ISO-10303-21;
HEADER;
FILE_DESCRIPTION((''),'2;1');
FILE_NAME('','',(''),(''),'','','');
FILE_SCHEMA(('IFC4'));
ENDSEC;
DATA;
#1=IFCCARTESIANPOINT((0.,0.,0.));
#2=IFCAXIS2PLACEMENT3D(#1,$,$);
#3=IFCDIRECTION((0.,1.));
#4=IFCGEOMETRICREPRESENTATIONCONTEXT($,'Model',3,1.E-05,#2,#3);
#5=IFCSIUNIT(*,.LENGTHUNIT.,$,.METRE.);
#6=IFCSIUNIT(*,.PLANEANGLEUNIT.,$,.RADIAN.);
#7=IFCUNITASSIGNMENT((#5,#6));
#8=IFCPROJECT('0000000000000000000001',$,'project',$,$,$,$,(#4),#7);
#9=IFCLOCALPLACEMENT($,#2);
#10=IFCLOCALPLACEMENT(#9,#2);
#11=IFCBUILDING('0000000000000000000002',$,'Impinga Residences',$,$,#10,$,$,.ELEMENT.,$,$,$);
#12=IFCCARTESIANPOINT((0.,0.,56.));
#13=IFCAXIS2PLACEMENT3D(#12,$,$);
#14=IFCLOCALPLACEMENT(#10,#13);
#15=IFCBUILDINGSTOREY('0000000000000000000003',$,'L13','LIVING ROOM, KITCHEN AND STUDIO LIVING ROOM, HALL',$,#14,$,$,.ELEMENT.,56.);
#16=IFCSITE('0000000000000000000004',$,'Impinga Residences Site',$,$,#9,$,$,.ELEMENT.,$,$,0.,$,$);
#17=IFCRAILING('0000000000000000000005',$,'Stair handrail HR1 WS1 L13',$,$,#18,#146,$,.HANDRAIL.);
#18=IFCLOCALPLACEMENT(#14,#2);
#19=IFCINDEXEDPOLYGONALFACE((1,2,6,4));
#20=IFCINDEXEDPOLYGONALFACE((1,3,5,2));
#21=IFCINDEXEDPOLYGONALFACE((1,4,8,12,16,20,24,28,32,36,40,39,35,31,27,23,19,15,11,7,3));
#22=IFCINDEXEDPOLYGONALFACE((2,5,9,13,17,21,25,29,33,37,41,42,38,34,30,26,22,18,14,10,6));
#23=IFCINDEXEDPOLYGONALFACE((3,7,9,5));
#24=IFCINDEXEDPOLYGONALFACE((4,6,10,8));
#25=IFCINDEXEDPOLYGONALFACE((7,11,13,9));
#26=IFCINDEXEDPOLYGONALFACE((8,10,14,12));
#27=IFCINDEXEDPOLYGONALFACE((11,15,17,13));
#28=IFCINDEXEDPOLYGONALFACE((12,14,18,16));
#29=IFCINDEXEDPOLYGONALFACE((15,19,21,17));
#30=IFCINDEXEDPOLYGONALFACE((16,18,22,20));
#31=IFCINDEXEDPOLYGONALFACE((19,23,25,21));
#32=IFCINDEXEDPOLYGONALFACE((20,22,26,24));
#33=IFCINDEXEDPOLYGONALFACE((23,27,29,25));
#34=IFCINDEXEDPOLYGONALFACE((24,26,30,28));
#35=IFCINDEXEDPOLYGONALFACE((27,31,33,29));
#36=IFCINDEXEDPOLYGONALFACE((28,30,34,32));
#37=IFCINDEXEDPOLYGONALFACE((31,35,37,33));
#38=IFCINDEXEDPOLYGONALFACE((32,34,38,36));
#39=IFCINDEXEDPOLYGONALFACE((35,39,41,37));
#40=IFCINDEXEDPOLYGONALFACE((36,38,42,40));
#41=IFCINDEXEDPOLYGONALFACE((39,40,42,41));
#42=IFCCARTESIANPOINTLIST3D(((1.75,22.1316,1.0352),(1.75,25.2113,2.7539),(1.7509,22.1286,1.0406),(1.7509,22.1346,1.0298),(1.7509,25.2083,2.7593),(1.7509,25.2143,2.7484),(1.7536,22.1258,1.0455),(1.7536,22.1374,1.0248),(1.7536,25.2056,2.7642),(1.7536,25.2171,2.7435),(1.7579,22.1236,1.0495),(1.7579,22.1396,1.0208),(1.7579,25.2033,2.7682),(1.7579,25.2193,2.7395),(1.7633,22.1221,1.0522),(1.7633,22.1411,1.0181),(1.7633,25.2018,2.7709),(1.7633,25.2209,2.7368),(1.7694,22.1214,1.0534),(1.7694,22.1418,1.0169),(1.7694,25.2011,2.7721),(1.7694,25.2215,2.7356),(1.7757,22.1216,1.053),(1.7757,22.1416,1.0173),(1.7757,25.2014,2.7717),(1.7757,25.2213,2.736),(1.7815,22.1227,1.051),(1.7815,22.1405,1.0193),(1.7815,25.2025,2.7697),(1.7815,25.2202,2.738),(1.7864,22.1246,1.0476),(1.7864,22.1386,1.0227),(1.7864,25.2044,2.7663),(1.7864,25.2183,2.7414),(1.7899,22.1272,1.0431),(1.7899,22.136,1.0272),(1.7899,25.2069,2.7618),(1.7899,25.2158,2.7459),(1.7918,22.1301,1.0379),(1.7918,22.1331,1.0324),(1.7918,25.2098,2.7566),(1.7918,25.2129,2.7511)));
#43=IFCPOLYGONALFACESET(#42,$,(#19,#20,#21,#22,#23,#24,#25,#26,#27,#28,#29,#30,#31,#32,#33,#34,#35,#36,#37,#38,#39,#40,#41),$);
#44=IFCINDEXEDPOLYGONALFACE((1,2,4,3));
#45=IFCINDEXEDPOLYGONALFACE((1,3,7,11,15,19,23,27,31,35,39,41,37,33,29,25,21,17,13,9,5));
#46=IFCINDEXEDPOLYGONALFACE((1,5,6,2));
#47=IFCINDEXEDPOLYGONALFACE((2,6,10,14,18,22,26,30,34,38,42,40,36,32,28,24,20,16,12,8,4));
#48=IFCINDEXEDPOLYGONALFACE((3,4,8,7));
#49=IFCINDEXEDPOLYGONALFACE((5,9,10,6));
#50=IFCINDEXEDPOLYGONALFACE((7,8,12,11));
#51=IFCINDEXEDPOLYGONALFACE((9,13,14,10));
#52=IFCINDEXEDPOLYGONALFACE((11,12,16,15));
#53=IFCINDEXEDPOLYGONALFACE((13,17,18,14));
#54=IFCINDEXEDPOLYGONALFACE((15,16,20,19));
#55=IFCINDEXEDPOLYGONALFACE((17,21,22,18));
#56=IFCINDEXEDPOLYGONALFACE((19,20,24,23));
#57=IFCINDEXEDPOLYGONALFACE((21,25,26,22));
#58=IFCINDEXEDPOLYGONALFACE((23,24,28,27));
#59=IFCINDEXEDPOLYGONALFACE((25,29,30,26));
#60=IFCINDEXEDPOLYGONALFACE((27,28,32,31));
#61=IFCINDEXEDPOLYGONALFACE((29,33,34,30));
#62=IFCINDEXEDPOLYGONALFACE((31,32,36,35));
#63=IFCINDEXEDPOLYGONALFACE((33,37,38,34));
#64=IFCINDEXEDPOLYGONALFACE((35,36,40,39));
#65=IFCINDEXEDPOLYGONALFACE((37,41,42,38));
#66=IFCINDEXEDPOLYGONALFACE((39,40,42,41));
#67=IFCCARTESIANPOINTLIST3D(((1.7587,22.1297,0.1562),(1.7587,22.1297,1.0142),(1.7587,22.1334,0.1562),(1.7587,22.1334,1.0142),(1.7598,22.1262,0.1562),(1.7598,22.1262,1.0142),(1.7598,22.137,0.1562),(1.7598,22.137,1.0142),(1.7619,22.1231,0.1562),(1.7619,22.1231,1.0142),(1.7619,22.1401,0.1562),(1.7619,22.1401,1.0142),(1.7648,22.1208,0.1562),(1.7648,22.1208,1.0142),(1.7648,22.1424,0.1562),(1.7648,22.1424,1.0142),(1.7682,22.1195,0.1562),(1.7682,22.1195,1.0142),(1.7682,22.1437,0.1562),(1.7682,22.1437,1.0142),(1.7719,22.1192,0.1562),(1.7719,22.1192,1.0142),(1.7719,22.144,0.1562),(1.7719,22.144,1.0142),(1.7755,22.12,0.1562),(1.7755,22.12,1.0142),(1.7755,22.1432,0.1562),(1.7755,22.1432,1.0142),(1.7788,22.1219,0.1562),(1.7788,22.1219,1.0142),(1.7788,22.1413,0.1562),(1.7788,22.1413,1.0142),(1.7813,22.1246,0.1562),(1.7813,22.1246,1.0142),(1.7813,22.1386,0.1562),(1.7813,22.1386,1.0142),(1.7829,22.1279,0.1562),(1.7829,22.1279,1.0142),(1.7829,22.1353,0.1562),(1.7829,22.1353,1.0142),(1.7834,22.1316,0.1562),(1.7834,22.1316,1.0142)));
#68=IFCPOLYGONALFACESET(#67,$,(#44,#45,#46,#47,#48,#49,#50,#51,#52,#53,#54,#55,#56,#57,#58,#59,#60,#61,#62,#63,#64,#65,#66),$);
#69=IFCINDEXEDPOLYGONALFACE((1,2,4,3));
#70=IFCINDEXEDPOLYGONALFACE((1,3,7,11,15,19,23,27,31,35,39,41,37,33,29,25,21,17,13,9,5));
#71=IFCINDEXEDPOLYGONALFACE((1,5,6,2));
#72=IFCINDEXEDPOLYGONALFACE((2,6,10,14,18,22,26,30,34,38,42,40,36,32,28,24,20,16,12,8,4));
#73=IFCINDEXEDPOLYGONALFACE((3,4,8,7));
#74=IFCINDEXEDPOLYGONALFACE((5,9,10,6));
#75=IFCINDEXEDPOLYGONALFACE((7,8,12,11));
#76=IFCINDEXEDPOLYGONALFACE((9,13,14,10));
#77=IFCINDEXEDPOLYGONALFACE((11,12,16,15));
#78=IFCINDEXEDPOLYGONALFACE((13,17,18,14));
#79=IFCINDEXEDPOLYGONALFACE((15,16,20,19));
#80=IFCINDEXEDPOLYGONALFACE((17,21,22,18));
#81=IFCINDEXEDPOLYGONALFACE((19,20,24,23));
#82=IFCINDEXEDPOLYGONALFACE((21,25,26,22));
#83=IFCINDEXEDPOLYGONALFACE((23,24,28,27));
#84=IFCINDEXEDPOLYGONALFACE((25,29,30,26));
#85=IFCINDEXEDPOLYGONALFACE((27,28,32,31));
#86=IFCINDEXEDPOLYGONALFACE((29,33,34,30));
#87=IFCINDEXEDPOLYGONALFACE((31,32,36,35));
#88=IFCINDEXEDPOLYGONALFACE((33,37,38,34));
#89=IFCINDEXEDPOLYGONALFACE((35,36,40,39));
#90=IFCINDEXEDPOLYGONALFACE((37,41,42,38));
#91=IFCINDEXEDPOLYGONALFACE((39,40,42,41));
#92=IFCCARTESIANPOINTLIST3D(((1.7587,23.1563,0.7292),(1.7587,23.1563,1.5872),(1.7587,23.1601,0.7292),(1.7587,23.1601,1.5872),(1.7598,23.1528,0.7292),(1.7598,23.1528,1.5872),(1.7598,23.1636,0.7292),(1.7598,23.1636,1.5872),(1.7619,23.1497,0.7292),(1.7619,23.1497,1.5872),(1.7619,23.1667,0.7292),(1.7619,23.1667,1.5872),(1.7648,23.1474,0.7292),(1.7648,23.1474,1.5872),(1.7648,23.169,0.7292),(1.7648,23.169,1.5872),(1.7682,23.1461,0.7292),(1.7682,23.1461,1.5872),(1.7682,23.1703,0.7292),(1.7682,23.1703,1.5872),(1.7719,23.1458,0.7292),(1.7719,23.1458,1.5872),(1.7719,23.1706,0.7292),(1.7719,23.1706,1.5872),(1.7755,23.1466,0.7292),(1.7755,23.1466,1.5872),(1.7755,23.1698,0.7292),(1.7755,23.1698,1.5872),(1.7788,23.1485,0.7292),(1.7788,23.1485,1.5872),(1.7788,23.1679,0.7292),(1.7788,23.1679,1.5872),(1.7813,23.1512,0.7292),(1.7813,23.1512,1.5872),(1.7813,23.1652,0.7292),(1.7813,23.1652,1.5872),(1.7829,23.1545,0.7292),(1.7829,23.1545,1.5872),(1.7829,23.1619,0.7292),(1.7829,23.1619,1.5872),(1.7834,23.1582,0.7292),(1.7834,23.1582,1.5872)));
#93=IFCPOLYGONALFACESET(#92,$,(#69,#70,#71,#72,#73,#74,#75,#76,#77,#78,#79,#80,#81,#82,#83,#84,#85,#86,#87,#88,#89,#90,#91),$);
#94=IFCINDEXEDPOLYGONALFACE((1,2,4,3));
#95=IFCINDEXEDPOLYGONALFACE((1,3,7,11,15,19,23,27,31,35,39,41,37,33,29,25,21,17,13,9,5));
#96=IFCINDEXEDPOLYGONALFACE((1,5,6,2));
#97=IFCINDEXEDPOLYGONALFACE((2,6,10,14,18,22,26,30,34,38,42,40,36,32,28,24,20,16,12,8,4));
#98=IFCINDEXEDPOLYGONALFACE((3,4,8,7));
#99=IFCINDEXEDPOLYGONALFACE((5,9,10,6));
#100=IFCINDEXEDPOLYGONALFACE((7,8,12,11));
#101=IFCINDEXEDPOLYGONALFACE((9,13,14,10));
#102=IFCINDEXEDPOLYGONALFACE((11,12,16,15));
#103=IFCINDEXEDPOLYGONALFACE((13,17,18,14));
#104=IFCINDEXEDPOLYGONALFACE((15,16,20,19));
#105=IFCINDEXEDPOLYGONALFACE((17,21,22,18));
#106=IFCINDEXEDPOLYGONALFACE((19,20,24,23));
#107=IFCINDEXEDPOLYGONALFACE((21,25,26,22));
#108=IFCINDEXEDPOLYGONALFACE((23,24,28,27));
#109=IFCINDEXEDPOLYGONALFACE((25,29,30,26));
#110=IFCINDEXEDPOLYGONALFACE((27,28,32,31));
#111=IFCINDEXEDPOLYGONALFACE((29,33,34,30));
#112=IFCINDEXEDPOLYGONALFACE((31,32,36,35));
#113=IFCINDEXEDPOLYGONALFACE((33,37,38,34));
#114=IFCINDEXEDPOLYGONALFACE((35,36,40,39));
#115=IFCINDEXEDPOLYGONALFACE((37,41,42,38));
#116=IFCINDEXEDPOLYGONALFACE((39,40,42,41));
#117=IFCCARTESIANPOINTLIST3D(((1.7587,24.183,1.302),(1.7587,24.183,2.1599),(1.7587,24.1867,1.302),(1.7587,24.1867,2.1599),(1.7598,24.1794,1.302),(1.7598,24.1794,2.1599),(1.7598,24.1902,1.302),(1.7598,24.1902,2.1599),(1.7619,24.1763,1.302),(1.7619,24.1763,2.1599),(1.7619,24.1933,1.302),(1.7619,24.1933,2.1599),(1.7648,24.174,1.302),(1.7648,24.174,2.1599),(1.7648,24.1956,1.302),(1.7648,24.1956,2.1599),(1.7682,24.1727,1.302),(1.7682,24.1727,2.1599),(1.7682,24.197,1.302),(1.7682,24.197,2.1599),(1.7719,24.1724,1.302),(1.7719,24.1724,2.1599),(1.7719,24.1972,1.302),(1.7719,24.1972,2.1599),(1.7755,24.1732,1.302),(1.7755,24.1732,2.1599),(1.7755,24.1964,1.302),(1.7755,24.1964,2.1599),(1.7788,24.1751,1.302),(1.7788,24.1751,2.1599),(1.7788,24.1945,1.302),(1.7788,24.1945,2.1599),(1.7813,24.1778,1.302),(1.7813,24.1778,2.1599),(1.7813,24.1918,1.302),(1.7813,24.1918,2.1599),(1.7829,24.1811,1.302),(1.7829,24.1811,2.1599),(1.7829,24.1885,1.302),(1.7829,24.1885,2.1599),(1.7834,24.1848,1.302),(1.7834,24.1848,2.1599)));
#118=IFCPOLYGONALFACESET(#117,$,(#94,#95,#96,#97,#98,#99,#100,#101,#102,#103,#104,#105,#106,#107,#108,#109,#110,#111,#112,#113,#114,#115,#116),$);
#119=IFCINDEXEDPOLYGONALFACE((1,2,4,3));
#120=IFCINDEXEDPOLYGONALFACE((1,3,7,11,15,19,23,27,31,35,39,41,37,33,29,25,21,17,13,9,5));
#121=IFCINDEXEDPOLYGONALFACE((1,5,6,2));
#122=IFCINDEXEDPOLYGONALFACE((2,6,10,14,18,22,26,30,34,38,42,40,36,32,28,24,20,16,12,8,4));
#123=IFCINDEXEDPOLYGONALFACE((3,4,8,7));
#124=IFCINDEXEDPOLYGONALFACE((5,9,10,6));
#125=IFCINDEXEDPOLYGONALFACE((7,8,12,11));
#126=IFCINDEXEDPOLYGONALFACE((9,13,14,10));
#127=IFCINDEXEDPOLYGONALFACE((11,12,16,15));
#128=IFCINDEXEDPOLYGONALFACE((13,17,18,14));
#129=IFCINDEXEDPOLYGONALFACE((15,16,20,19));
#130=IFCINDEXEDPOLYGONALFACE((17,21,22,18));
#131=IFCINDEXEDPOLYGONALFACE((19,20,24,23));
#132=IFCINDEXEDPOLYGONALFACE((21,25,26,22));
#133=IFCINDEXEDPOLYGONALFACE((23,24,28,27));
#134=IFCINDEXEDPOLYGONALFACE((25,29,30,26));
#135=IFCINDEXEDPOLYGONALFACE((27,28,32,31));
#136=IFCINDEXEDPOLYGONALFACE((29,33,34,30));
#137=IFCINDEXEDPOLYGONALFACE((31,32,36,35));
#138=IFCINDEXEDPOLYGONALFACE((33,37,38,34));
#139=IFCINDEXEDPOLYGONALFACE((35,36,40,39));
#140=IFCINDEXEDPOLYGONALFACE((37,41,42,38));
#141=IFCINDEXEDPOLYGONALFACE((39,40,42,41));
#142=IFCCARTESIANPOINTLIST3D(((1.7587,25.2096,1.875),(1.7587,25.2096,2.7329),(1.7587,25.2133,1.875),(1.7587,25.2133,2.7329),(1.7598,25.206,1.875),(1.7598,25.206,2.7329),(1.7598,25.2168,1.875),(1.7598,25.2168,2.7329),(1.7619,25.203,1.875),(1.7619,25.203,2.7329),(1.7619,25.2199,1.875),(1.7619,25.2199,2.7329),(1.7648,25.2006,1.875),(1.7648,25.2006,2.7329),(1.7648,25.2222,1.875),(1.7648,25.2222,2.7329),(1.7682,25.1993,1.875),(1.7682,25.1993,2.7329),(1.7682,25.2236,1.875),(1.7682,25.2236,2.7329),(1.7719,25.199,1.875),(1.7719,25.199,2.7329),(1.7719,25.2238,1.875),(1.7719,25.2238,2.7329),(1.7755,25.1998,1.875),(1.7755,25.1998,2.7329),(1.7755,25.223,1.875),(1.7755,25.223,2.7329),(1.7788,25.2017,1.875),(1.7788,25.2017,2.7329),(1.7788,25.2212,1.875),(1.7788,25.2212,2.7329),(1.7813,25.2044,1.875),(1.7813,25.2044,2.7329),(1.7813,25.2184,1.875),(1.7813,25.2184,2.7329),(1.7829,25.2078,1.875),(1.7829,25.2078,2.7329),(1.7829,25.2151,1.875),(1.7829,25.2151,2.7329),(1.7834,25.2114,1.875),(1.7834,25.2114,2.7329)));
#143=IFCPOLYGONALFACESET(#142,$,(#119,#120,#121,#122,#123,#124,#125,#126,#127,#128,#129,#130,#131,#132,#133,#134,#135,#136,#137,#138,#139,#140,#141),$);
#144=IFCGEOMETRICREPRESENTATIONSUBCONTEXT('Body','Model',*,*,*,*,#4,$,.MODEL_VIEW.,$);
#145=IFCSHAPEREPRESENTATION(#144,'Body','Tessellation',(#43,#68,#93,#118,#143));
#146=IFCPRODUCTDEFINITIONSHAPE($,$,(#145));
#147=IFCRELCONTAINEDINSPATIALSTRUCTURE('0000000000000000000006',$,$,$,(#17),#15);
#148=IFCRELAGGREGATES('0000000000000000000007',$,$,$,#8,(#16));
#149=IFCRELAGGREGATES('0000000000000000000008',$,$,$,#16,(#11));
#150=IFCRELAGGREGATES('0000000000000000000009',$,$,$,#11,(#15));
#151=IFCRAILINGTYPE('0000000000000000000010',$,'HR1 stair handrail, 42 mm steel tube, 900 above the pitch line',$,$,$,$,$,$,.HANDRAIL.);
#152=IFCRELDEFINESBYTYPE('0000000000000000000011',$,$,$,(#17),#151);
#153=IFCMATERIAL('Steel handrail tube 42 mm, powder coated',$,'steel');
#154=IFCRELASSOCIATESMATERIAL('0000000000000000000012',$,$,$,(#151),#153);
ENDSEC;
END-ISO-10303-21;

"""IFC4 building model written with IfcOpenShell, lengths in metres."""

from ifc_helpers import new_model, si_unit, direction, frame, origin, origin_2d, place, context, subcontext, project, spatial, circle, extrude, material, type_object, element, save


model = new_model("IFC4")

# Units and contexts
model_context = context("Model", 3, precision=1e-05, world=origin(), true_north=direction((0.0, 1.0)))
body_context = subcontext(model_context, "Body", "Model", "MODEL_VIEW")
ifc_project = project(units=[si_unit("LENGTHUNIT", "METRE"), si_unit("PLANEANGLEUNIT", "RADIAN")], contexts=[model_context])

# Site, building, storey
site_placement = place(None, origin())
site = spatial("IfcSite", under=ifc_project, at=site_placement, Name="Impinga Residences Site", CompositionType="ELEMENT", RefElevation=0.0)
building_placement = place(site_placement, origin())
building = spatial("IfcBuilding", under=site, at=building_placement, Name="Impinga Residences", CompositionType="ELEMENT")
storey_placement = place(building_placement, frame((0.0, 0.0, 56.0)))
storey = spatial("IfcBuildingStorey", under=building, at=storey_placement, Name="L13", Description="LIVING ROOM, KITCHEN AND STUDIO LIVING ROOM, HALL", CompositionType="ELEMENT", Elevation=56.0)

# Railing
ifc_material_1 = material(Name="Steel handrail tube 42 mm, powder coated", Category="steel")
railing_type_1 = type_object("IfcRailingType", Name="HR1 stair handrail, 42 mm steel tube, 900 above the pitch line", PredefinedType="HANDRAIL", material=ifc_material_1)
railing_1_placement = place(storey_placement, frame((1.771, 22.1316, 0.1562)))
element("IfcRailing", 1, at=railing_1_placement, inside=storey, type_object=railing_type_1, Name="Stair handrail HR1 WS1 L13", PredefinedType="HANDRAIL", context=body_context, shape_type="SweptSolid", body=[
    extrude(circle(Radius=0.021, at=origin_2d()), frame((0.0, 0.0, 0.8789), z_axis=(0.0, 0.873225, 0.487317), x_axis=(-1.0, 0.0, 0.0)), (0.0, 0.0, 1.0), 3.5269),
    extrude(circle(Radius=0.0125, at=origin_2d()), origin(), (0.0, 0.0, 1.0), 0.8579),
    extrude(circle(Radius=0.0125, at=origin_2d()), frame((0.0, 1.0266, 0.573)), (0.0, 0.0, 1.0), 0.8579),
    extrude(circle(Radius=0.0125, at=origin_2d()), frame((0.0, 2.0532, 1.1458)), (0.0, 0.0, 1.0), 0.8579),
    extrude(circle(Radius=0.0125, at=origin_2d()), frame((0.0, 3.0798, 1.7188)), (0.0, 0.0, 1.0), 0.8579),
])

save(model, "model.ifc")
